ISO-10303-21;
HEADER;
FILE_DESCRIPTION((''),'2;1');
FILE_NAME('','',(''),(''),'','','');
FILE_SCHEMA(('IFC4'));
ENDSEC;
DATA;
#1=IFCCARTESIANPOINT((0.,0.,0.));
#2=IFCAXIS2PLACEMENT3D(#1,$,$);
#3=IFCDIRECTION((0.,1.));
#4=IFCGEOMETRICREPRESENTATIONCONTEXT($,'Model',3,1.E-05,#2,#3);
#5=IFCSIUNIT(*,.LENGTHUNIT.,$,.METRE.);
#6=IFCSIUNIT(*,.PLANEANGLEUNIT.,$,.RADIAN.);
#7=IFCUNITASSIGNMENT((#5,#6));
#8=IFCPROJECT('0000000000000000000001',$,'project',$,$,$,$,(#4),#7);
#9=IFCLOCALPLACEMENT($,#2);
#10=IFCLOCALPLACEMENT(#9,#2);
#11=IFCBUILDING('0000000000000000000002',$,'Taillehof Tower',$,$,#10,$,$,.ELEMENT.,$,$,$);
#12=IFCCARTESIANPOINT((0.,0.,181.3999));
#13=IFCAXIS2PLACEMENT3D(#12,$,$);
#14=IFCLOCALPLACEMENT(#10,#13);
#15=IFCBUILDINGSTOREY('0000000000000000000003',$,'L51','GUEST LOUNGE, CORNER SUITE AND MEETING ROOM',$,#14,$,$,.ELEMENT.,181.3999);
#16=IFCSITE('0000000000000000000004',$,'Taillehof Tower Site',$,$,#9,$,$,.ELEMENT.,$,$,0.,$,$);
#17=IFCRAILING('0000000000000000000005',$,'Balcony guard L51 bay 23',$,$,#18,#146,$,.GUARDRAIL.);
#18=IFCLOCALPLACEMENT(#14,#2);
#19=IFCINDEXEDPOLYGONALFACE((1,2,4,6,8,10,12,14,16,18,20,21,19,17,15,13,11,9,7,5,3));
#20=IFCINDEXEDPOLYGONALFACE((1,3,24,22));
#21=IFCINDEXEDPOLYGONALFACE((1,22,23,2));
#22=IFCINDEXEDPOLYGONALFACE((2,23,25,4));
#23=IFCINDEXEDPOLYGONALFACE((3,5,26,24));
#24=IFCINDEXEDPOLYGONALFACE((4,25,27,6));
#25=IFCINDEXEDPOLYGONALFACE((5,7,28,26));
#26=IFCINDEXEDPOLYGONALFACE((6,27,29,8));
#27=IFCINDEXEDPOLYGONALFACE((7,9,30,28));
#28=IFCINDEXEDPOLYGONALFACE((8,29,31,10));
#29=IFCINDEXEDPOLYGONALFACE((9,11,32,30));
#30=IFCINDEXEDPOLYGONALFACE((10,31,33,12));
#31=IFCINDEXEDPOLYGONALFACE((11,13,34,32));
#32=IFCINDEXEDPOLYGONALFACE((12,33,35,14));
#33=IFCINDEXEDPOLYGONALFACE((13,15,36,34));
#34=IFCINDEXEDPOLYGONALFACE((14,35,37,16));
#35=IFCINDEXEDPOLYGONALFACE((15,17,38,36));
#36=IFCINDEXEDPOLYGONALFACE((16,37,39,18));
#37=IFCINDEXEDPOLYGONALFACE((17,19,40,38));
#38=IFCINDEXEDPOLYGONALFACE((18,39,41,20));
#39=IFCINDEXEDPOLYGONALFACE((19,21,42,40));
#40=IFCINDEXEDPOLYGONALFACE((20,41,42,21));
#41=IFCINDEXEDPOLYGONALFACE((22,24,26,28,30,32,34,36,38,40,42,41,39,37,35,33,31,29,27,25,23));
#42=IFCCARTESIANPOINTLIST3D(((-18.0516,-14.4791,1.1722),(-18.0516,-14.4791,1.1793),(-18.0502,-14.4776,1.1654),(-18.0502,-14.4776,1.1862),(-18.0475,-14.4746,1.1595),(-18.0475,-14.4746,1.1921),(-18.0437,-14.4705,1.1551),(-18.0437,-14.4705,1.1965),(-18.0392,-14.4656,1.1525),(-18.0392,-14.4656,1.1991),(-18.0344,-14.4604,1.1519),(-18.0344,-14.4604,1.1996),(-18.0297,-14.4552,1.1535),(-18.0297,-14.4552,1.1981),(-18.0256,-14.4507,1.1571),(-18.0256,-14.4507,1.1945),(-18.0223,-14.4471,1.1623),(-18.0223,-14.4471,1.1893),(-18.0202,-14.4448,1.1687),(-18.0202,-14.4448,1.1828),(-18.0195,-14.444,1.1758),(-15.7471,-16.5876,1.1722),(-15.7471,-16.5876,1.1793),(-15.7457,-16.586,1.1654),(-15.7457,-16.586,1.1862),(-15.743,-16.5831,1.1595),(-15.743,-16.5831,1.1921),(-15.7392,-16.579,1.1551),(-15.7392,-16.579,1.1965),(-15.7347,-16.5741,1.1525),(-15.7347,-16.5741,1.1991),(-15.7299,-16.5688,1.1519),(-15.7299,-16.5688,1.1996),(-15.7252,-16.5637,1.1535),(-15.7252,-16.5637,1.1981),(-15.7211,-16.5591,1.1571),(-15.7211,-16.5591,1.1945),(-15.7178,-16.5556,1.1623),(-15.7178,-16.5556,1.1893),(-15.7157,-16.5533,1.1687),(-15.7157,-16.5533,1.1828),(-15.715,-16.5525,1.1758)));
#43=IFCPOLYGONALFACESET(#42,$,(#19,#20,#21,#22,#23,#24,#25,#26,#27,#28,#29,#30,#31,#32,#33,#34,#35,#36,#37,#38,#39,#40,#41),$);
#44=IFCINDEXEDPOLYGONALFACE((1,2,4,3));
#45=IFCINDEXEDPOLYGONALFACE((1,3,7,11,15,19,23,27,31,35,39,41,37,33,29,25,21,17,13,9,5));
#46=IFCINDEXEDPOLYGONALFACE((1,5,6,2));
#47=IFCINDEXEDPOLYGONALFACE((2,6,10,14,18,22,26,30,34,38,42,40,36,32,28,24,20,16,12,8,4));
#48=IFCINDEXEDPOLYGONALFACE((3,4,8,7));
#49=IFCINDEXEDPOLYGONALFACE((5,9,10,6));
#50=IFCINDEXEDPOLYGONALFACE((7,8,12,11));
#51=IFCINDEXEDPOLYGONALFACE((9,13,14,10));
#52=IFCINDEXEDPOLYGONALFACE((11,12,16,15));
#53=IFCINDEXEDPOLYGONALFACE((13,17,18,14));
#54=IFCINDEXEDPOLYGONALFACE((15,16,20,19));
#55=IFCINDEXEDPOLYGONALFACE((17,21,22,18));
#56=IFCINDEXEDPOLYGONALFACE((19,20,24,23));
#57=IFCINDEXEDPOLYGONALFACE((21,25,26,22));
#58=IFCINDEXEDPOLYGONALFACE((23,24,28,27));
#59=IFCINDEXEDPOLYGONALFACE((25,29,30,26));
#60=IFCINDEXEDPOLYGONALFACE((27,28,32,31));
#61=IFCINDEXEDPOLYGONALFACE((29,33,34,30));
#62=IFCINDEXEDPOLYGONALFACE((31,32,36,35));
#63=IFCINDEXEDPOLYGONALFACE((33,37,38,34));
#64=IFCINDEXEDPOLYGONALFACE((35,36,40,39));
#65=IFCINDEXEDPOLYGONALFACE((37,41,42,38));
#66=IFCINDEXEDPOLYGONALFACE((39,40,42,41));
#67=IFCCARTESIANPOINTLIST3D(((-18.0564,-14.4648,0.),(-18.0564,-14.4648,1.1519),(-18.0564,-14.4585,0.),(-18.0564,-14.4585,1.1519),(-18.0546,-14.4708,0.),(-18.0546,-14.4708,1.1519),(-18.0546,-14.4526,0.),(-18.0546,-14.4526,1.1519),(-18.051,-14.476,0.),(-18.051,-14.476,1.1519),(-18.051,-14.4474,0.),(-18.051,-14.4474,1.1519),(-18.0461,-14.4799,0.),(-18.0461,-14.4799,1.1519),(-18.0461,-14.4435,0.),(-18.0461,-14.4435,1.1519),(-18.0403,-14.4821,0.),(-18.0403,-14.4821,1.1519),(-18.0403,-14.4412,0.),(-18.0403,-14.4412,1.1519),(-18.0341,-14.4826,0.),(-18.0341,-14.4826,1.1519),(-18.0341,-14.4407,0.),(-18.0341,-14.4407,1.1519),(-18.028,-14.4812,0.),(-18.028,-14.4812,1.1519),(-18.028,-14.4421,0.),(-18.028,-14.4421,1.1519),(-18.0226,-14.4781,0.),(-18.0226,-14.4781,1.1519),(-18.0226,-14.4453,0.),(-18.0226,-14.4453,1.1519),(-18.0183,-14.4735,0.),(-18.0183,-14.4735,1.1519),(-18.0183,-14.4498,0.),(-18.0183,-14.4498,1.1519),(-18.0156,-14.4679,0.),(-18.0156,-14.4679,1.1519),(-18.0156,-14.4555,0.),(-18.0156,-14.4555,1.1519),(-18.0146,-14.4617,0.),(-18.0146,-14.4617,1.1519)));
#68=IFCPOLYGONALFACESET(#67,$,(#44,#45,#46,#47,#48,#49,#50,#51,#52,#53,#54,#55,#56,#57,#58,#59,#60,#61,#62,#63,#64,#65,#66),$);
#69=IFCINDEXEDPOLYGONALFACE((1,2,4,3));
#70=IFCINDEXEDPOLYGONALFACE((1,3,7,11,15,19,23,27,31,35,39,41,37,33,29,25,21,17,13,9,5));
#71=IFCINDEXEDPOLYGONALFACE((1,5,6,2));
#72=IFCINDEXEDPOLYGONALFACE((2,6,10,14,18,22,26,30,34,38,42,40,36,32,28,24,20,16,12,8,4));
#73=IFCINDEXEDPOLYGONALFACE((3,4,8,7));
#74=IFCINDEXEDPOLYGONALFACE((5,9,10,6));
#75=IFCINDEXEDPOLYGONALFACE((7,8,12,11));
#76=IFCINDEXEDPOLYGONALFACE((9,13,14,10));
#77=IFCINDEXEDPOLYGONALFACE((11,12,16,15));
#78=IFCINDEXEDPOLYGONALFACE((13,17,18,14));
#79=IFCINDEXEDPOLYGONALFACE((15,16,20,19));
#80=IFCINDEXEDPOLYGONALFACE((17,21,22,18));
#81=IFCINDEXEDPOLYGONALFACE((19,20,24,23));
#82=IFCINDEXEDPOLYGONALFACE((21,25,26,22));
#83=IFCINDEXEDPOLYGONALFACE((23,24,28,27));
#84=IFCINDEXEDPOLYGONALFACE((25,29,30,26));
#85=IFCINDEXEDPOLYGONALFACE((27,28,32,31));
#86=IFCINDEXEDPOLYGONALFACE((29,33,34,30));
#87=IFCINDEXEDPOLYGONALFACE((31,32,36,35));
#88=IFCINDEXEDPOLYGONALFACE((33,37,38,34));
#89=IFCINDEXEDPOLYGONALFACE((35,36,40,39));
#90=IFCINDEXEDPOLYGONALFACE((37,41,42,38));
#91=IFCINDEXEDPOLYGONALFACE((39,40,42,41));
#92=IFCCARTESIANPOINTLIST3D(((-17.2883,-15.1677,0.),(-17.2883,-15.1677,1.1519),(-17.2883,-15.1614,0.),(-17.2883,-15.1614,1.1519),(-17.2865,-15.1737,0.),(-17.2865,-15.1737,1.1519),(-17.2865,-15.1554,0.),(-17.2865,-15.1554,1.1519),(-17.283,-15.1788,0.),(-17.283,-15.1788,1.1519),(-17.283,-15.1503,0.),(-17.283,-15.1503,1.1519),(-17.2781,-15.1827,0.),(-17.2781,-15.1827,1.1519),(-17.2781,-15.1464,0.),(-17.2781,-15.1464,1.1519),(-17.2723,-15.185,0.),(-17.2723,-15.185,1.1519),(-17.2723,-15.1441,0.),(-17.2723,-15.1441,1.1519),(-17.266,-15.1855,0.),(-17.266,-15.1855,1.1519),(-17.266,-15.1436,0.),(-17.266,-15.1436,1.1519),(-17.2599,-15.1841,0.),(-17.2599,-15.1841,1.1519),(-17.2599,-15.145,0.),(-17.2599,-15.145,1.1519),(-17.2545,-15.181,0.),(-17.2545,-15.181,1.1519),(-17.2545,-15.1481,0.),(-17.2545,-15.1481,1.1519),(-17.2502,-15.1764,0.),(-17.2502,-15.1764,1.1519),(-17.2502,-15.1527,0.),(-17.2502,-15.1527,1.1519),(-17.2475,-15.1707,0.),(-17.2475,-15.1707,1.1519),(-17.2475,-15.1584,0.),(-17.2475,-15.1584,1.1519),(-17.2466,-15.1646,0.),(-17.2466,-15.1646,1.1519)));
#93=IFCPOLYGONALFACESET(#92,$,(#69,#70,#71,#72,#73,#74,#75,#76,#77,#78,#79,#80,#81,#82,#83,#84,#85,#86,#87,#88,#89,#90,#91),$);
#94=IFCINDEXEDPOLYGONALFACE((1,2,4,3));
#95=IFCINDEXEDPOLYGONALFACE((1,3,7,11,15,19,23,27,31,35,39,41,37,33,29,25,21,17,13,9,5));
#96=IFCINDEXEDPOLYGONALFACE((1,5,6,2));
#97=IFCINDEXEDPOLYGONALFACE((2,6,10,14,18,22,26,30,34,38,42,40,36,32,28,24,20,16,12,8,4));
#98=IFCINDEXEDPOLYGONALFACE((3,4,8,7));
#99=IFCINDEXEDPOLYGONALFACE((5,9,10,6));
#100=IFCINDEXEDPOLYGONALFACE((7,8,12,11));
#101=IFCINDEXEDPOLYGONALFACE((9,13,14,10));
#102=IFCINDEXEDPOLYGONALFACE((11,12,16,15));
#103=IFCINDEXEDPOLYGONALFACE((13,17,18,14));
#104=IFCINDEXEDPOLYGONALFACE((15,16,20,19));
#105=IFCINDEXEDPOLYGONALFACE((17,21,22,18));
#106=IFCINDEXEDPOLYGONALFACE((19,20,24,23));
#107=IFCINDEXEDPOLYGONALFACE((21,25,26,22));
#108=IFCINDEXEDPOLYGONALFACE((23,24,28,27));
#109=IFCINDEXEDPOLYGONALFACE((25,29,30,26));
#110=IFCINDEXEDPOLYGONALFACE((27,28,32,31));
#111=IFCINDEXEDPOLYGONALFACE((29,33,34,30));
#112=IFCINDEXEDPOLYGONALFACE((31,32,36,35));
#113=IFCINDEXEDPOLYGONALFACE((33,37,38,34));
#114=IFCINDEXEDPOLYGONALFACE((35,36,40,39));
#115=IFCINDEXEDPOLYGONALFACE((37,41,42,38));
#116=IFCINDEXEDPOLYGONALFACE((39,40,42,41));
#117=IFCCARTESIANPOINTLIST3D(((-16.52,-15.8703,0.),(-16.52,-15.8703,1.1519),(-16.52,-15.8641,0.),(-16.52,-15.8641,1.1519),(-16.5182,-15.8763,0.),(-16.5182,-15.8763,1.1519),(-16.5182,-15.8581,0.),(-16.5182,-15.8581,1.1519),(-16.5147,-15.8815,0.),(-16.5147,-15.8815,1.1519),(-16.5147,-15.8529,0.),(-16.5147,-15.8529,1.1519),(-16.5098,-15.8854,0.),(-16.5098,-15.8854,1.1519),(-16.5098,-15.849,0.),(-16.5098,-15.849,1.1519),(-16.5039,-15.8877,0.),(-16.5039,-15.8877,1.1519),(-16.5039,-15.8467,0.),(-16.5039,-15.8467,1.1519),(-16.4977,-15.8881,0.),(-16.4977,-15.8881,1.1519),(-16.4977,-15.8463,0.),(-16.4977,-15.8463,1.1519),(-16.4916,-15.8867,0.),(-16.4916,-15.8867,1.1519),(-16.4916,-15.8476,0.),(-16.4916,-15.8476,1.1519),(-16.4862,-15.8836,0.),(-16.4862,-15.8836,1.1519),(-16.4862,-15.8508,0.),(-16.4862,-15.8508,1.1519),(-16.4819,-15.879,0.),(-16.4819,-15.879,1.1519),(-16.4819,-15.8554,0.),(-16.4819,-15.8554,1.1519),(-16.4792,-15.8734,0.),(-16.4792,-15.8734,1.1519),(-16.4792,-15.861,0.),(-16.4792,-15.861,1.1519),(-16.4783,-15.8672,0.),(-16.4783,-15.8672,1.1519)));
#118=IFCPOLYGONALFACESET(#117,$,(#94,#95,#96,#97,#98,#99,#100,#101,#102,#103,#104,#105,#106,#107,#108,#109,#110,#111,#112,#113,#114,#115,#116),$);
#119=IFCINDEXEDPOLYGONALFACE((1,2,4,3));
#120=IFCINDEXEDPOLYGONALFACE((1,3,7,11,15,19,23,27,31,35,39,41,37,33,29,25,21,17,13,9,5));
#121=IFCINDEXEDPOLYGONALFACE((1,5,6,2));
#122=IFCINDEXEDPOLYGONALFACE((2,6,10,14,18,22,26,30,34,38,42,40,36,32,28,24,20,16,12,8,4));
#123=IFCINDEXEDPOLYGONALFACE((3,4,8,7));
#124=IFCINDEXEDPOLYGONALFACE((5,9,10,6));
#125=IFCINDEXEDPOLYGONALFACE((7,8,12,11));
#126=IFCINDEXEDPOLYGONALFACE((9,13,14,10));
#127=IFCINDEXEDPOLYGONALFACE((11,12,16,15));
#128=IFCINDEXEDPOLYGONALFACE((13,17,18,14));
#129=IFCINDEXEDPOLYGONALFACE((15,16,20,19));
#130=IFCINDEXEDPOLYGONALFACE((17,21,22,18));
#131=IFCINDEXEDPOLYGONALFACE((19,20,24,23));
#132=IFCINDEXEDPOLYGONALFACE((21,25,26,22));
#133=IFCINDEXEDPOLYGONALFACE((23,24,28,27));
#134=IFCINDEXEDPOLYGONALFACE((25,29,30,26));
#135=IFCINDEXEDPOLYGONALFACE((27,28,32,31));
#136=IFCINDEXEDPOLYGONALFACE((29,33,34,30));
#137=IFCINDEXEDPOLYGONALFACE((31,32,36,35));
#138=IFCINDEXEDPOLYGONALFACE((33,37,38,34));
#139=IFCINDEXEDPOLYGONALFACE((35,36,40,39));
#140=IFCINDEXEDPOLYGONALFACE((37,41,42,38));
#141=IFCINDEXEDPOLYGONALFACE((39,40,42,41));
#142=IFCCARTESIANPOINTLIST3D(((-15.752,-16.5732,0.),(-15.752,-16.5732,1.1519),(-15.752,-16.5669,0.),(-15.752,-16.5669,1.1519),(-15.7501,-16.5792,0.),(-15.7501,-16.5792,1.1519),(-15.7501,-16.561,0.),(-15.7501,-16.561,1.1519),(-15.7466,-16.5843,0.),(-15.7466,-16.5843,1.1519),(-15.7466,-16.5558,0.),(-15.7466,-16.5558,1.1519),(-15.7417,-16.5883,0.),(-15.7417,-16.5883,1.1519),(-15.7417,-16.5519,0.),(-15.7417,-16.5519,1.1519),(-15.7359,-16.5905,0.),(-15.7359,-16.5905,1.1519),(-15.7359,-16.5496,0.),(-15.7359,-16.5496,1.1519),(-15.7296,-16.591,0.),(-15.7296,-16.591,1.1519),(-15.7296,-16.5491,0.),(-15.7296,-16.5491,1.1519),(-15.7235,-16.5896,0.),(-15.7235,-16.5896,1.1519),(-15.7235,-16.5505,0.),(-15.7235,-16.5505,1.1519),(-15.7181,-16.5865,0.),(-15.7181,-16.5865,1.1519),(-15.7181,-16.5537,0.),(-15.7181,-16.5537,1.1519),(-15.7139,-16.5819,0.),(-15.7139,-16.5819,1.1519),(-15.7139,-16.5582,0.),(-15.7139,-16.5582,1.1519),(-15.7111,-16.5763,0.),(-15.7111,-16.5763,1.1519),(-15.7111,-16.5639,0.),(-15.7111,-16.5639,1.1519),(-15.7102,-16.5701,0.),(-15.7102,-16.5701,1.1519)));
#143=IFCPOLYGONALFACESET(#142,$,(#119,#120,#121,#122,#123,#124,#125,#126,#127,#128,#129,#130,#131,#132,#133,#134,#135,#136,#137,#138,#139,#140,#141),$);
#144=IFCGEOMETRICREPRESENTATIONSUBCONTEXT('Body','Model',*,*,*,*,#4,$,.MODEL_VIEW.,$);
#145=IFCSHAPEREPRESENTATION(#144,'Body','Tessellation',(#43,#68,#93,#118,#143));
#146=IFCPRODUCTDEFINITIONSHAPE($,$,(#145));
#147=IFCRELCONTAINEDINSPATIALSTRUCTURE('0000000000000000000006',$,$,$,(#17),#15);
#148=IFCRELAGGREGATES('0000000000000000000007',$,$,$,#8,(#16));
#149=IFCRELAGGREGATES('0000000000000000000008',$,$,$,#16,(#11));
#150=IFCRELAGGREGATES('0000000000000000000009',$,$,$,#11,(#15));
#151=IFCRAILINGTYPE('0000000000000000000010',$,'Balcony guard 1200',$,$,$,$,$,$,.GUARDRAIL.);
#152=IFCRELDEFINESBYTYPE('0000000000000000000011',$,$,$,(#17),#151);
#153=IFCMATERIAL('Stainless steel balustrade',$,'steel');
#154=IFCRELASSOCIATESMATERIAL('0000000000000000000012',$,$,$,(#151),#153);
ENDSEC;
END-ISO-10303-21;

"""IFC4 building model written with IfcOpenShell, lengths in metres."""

from ifc_helpers import new_model, si_unit, direction, frame, origin, origin_2d, place, context, subcontext, project, spatial, circle, extrude, material, type_object, element, save


model = new_model("IFC4")

# Units and contexts
model_context = context("Model", 3, precision=1e-05, world=origin(), true_north=direction((0.0, 1.0)))
body_context = subcontext(model_context, "Body", "Model", "MODEL_VIEW")
ifc_project = project(units=[si_unit("LENGTHUNIT", "METRE"), si_unit("PLANEANGLEUNIT", "RADIAN")], contexts=[model_context])

# Site, building, storey
site_placement = place(None, origin())
site = spatial("IfcSite", under=ifc_project, at=site_placement, Name="Taillehof Tower Site", CompositionType="ELEMENT", RefElevation=0.0)
building_placement = place(site_placement, origin())
building = spatial("IfcBuilding", under=site, at=building_placement, Name="Taillehof Tower", CompositionType="ELEMENT")
storey_placement = place(building_placement, frame((0.0, 0.0, 181.3999)))
storey = spatial("IfcBuildingStorey", under=building, at=storey_placement, Name="L51", Description="GUEST LOUNGE, CORNER SUITE AND MEETING ROOM", CompositionType="ELEMENT", Elevation=181.3999)

# Railing
ifc_material_1 = material(Name="Stainless steel balustrade", Category="steel")
railing_type = type_object("IfcRailingType", Name="Balcony guard 1200", PredefinedType="GUARDRAIL", material=ifc_material_1)
railing_1_placement = place(storey_placement, frame((-18.0356, -14.4617, 0.0)))
element("IfcRailing", 1, at=railing_1_placement, inside=storey, type_object=railing_type, Name="Balcony guard L51 bay 23", PredefinedType="GUARDRAIL", context=body_context, shape_type="SweptSolid", body=[
    extrude(circle(Radius=0.0239, at=origin_2d()), frame((0.0, 0.0, 1.1758), z_axis=(0.737793, -0.675027, 0.0), x_axis=(0.675027, 0.737793, 0.0)), (0.0, 0.0, 1.0), 3.1235),
    extrude(circle(Radius=0.021, at=origin_2d()), origin(), (0.0, 0.0, 1.0), 1.1519),
    extrude(circle(Radius=0.021, at=origin_2d()), frame((0.7681, -0.7029, 0.0)), (0.0, 0.0, 1.0), 1.1519),
    extrude(circle(Radius=0.021, at=origin_2d()), frame((1.5364, -1.4055, 0.0)), (0.0, 0.0, 1.0), 1.1519),
    extrude(circle(Radius=0.021, at=origin_2d()), frame((2.3044, -2.1084, 0.0)), (0.0, 0.0, 1.0), 1.1519),
])

save(model, "model.ifc")
